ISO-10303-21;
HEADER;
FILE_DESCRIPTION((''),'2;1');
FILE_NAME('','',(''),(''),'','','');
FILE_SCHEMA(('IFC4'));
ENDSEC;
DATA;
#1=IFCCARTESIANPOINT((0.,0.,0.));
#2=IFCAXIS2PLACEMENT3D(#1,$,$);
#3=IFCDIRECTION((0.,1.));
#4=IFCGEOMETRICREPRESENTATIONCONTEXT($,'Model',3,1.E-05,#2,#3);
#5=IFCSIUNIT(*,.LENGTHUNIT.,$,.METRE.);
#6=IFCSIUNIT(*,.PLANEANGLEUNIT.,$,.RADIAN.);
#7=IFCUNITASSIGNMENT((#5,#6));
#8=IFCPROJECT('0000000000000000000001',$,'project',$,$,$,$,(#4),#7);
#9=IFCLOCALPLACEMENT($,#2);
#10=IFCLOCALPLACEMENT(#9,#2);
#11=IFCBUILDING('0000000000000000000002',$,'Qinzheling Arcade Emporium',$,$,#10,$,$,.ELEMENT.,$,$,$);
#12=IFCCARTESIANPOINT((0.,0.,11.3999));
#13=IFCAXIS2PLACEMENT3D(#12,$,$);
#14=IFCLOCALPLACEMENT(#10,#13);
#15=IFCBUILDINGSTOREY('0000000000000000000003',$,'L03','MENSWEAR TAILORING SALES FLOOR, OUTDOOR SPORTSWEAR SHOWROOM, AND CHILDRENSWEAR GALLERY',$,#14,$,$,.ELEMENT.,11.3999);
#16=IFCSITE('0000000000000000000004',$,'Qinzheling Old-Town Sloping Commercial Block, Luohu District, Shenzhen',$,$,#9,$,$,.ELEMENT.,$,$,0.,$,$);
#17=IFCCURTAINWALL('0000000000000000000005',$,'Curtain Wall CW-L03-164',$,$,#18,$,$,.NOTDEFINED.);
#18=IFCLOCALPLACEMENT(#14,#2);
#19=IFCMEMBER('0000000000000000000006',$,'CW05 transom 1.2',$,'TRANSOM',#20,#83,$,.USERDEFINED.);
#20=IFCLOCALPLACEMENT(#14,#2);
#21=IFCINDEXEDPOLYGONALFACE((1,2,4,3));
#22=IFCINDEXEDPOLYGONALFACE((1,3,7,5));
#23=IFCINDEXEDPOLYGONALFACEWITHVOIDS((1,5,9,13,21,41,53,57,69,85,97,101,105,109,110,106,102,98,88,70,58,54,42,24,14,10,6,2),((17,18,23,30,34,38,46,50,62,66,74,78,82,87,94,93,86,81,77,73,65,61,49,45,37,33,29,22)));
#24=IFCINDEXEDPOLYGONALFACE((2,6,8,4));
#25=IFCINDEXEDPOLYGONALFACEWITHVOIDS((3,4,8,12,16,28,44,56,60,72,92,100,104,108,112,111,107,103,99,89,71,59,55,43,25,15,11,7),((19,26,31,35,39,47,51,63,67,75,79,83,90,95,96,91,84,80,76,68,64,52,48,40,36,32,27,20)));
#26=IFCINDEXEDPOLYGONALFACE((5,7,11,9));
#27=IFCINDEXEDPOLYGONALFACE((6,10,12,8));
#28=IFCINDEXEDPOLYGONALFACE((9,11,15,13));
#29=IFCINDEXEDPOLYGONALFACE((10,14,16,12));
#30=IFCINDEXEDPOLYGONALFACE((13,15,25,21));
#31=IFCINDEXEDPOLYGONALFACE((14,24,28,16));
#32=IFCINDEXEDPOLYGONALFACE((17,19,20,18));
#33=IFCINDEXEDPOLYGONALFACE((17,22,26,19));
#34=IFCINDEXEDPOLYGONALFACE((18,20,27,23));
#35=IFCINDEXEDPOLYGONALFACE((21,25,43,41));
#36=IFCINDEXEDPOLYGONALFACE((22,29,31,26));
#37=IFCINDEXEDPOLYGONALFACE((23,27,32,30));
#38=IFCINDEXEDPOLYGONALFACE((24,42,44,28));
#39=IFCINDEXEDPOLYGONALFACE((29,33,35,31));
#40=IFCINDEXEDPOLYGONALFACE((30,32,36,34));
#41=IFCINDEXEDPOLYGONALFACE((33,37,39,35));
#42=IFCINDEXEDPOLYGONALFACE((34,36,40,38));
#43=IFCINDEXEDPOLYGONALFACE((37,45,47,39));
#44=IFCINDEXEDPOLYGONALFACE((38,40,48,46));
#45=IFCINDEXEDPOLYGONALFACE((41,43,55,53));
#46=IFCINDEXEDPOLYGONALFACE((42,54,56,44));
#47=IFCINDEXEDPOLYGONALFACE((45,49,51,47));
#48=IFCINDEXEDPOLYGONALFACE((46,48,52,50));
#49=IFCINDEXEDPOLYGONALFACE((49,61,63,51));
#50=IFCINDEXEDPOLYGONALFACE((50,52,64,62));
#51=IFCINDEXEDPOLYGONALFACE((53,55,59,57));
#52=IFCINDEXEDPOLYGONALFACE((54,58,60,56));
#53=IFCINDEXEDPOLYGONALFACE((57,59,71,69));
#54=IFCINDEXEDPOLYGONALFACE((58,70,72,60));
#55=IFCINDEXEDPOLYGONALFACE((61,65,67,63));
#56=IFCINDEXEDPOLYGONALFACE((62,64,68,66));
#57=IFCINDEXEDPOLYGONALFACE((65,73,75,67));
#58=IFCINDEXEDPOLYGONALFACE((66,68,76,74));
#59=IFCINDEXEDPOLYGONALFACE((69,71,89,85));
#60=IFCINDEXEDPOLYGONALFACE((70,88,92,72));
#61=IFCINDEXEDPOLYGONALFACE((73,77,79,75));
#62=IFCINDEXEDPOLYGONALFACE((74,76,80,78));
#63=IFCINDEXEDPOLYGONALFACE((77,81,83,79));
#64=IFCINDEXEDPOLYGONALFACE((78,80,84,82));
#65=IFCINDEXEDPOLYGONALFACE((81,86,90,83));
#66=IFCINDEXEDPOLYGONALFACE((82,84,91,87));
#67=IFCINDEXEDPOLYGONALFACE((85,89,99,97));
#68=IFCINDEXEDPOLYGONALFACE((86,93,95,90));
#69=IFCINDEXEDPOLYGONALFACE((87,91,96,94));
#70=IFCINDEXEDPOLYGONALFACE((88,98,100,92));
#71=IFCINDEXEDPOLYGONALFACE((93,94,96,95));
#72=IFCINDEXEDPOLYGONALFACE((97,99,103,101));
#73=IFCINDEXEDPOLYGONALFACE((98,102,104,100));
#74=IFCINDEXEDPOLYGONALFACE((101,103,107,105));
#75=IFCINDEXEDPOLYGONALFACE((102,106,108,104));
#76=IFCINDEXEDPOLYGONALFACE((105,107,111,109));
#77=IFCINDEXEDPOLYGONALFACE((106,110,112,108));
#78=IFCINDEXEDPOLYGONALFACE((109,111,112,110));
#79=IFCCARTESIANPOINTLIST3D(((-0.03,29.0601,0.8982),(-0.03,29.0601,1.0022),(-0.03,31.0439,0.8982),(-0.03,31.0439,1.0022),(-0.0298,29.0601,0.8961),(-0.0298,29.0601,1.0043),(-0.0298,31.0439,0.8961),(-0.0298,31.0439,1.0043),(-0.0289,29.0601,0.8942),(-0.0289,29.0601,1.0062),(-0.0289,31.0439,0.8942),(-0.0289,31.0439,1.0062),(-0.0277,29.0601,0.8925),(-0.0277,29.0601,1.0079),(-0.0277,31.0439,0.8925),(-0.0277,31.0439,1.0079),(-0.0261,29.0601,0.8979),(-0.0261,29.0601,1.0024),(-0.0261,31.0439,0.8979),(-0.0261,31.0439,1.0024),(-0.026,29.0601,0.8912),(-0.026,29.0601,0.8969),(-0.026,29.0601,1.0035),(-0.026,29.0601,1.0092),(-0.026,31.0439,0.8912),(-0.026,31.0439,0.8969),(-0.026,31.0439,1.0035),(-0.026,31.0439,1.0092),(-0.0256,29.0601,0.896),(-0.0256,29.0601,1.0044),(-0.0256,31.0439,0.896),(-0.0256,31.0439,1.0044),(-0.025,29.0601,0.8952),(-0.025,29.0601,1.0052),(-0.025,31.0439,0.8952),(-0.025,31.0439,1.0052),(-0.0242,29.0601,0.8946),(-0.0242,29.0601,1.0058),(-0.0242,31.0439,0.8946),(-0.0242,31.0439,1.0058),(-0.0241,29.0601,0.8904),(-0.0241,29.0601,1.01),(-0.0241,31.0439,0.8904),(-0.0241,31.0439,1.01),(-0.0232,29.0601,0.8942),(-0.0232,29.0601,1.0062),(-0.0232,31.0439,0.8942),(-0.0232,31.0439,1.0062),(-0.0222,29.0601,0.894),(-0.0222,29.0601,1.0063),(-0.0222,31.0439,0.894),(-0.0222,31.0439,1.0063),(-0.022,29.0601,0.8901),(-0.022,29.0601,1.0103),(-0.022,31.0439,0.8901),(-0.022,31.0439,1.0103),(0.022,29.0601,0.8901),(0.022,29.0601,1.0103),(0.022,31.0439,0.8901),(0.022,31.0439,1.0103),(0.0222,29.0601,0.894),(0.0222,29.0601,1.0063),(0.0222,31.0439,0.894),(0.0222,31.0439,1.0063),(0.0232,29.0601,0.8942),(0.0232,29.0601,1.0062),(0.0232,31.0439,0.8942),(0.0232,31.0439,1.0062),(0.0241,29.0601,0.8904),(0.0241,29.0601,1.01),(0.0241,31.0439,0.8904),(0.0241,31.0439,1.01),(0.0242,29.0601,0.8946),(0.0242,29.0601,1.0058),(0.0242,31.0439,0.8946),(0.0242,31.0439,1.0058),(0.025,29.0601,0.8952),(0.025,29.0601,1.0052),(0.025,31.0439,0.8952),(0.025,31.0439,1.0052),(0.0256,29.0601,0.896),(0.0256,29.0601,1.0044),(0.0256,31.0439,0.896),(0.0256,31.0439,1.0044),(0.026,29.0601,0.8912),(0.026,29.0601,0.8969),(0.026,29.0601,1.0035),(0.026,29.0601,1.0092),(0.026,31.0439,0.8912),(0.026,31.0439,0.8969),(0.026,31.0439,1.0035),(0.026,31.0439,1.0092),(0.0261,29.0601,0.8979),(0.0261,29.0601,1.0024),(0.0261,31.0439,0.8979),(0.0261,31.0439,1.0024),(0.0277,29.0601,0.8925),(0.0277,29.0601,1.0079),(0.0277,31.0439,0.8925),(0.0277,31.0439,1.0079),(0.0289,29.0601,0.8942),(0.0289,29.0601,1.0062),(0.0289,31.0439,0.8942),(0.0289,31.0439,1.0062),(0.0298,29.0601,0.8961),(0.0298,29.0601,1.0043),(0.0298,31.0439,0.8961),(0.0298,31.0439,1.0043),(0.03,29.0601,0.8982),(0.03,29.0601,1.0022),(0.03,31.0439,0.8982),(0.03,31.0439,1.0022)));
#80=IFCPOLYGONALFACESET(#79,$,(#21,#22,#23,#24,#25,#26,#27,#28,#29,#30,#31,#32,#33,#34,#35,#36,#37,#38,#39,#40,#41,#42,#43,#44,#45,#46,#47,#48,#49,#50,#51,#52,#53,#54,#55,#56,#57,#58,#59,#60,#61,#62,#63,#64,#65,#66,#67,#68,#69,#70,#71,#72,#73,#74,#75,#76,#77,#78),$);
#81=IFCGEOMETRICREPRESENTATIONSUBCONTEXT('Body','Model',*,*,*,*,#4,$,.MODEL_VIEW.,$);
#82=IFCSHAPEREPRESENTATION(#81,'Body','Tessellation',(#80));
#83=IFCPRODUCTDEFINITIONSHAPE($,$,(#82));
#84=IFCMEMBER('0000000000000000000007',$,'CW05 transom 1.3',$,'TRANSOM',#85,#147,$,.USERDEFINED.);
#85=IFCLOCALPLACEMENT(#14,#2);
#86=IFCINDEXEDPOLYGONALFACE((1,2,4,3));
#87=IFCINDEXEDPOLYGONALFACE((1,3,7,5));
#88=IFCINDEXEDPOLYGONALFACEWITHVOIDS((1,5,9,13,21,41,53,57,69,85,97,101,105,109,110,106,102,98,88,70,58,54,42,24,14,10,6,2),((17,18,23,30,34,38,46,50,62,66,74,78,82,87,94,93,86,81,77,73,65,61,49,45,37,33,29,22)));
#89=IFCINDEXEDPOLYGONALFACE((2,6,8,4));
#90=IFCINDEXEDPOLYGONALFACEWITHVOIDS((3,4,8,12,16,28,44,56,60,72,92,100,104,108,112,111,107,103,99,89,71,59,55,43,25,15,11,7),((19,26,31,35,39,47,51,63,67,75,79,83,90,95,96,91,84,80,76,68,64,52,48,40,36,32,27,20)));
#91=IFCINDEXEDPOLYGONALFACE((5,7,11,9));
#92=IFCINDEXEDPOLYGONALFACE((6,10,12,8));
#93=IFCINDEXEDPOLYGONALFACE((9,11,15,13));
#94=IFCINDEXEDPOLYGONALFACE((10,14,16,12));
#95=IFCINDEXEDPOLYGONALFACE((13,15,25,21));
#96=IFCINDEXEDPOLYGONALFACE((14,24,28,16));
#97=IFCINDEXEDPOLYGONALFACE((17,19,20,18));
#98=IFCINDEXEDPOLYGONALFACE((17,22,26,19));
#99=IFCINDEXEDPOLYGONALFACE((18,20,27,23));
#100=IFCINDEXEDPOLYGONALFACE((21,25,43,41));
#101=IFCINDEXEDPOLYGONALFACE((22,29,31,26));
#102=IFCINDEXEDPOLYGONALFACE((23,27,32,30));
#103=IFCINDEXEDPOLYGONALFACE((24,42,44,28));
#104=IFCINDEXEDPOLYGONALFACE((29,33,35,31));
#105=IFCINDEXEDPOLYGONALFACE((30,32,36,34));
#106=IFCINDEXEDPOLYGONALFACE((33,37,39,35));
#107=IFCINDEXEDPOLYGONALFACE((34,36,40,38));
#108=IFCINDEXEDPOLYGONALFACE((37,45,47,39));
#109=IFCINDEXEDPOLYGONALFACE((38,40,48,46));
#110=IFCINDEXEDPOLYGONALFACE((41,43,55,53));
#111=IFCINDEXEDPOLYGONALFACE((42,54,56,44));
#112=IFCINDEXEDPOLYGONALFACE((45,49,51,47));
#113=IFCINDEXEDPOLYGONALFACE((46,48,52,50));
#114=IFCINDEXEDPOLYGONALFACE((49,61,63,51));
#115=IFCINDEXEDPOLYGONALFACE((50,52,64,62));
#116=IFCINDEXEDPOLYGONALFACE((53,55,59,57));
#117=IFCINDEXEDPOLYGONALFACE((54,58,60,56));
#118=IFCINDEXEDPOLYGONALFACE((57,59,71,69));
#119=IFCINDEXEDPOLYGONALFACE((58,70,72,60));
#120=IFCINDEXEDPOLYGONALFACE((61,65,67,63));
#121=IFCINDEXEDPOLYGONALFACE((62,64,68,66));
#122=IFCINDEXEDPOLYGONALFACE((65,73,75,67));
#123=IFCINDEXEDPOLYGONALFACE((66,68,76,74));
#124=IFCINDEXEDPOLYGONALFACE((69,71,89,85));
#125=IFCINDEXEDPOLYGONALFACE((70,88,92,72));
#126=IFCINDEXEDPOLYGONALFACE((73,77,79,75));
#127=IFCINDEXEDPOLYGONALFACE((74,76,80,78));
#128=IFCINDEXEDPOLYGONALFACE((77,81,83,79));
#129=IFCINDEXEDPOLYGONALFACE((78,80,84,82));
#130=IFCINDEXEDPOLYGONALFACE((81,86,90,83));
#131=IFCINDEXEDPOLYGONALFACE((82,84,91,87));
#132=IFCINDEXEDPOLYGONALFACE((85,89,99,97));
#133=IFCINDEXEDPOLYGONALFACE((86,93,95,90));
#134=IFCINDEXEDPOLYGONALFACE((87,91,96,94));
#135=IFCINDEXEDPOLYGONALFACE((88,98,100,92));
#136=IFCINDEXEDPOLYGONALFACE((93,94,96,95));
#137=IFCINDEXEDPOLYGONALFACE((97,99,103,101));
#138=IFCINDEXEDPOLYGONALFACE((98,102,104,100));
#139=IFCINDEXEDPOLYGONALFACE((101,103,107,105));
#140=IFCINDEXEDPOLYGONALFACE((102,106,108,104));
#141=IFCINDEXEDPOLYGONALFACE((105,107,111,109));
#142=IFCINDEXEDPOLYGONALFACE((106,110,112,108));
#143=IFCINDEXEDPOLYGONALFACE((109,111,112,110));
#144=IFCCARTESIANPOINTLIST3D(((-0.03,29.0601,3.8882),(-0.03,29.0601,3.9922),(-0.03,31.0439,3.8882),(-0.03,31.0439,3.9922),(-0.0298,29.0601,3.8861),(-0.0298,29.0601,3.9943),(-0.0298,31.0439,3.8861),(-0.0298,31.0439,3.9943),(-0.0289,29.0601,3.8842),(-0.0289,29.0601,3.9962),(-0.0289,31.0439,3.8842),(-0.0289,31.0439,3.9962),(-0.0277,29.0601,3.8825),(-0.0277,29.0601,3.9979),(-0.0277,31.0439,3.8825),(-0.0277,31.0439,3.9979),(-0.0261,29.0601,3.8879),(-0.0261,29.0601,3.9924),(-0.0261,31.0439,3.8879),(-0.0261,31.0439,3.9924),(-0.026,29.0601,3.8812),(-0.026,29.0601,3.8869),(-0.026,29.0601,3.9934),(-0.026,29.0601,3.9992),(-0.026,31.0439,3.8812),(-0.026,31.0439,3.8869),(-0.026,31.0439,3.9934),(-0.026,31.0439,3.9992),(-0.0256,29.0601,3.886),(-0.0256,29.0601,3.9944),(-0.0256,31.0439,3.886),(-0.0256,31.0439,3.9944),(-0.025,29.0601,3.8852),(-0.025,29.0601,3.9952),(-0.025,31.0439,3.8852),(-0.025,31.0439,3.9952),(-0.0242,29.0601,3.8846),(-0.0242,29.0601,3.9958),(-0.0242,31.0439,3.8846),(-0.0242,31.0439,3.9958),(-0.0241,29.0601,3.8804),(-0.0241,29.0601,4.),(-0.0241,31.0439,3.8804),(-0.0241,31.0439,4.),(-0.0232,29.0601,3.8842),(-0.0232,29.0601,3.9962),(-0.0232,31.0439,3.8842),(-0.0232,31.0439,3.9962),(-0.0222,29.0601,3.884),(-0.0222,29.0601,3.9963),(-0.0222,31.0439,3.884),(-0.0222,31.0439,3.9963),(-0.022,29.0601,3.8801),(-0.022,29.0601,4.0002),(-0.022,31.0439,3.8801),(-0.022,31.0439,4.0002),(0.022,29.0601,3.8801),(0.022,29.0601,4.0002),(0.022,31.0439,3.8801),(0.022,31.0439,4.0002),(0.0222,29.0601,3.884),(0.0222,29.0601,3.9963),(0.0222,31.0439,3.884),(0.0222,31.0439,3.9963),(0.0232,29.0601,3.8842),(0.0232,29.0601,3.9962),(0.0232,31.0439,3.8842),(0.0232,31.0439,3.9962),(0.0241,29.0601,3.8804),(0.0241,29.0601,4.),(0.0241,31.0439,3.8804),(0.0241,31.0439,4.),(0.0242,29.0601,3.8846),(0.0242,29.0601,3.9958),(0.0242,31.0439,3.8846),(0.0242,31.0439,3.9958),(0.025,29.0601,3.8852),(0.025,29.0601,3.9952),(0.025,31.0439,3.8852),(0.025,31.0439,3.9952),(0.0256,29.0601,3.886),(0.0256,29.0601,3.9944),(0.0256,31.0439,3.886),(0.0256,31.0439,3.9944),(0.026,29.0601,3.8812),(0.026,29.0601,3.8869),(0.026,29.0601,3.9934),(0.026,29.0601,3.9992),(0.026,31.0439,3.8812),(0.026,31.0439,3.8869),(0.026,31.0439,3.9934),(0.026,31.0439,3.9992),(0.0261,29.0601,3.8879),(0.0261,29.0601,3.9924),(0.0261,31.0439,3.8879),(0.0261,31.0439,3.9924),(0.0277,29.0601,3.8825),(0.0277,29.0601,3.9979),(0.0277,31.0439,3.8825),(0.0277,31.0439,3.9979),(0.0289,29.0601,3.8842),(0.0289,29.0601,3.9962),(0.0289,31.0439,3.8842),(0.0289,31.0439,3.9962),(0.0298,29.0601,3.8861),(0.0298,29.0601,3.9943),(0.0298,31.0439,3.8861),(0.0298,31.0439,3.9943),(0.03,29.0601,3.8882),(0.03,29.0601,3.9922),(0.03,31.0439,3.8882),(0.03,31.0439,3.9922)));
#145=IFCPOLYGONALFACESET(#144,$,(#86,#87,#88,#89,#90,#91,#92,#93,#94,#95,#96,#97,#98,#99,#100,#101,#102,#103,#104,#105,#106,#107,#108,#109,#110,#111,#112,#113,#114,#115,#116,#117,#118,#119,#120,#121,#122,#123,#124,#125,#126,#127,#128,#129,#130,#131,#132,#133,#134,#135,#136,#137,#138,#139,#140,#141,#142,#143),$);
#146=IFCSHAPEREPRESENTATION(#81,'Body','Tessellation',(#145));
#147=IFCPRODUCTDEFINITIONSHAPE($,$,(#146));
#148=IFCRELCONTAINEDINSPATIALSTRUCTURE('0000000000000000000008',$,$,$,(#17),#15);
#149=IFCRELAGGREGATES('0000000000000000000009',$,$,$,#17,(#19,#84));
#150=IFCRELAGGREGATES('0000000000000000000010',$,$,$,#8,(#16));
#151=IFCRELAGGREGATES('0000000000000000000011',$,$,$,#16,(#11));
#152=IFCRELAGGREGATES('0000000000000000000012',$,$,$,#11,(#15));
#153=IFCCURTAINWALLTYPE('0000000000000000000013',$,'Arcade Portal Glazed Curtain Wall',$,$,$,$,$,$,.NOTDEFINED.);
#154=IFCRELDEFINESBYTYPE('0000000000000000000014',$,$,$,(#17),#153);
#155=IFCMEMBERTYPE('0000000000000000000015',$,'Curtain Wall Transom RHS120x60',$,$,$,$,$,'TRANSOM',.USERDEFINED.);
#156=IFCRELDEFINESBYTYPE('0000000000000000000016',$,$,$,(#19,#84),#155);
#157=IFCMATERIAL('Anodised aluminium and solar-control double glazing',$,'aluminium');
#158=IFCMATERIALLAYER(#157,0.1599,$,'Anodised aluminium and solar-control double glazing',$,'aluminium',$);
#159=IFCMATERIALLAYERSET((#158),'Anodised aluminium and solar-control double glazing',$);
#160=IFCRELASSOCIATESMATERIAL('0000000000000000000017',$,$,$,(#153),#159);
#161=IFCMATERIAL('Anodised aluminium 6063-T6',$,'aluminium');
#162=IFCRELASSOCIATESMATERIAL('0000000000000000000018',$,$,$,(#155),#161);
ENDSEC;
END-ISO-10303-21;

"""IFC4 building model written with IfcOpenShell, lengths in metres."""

from ifc_helpers import new_model, si_unit, direction, frame, origin, origin_2d, place, context, subcontext, project, spatial, hollow_rectangle, extrude, material, layer, layer_set, material_profile, profile_set, type_object, element, aggregate, save


model = new_model("IFC4")

# Units and contexts
model_context = context("Model", 3, precision=1e-05, world=origin(), true_north=direction((0.0, 1.0)))
body_context = subcontext(model_context, "Body", "Model", "MODEL_VIEW")
ifc_project = project(units=[si_unit("LENGTHUNIT", "METRE"), si_unit("PLANEANGLEUNIT", "RADIAN")], contexts=[model_context])

# Site, building, storey
site_placement = place(None, origin())
site = spatial("IfcSite", under=ifc_project, at=site_placement, Name="Qinzheling Old-Town Sloping Commercial Block, Luohu District, Shenzhen", CompositionType="ELEMENT", RefElevation=0.0)
building_placement = place(site_placement, origin())
building = spatial("IfcBuilding", under=site, at=building_placement, Name="Qinzheling Arcade Emporium", CompositionType="ELEMENT")
storey_placement = place(building_placement, frame((0.0, 0.0, 11.3999)))
storey = spatial("IfcBuildingStorey", under=building, at=storey_placement, Name="L03", Description="MENSWEAR TAILORING SALES FLOOR, OUTDOOR SPORTSWEAR SHOWROOM, AND CHILDRENSWEAR GALLERY", CompositionType="ELEMENT", Elevation=11.3999)

# Shared definitions
ifc_material_1 = material(Name="Anodised aluminium and solar-control double glazing", Category="aluminium")
ifc_layer_1 = layer(ifc_material_1, 0.1599, Name="Anodised aluminium and solar-control double glazing", Category="aluminium")
ifc_layer_set_1 = layer_set([ifc_layer_1], Name="Anodised aluminium and solar-control double glazing")
curtain_wall_type = type_object("IfcCurtainWallType", Name="Arcade Portal Glazed Curtain Wall", PredefinedType="NOTDEFINED", material=ifc_layer_set_1)
ifc_material_2 = material(Name="Anodised aluminium 6063-T6", Category="aluminium")

# Curtain wall, members
curtain_wall_1_placement = place(storey_placement, origin())
curtain_wall_1 = element("IfcCurtainWall", 1, at=curtain_wall_1_placement, inside=storey, type_object=curtain_wall_type, Name="Curtain Wall CW-L03-164", PredefinedType="NOTDEFINED")
ifc_material_profile_1 = material_profile(ifc_material_2, hollow_rectangle(XDim=0.0601, YDim=0.1201, WallThickness=0.0039, InnerFilletRadius=0.0039, OuterFilletRadius=0.0081, at=origin_2d()), Name="RHS 120x60x4", Category="aluminium")
ifc_profile_set_1 = profile_set([ifc_material_profile_1], Name="Anodised aluminium 6063-T6")
member_type_1 = type_object("IfcMemberType", Name="Curtain Wall Transom RHS120x60", ElementType="TRANSOM", PredefinedType="USERDEFINED", material=ifc_profile_set_1)
member_1_placement = place(storey_placement, frame((0.0, 29.0601, 0.9502), z_axis=(0.0, 1.0, 0.0), x_axis=(-1.0, 0.0, 0.0)))
member_1 = element("IfcMember", 2, at=member_1_placement, type_object=member_type_1, Name="CW05 transom 1.2", ObjectType="TRANSOM", PredefinedType="USERDEFINED", context=body_context, shape_type="SweptSolid", body=[
    extrude(hollow_rectangle(XDim=0.0601, YDim=0.1201, WallThickness=0.0039, InnerFilletRadius=0.0039, OuterFilletRadius=0.0081, at=origin_2d()), origin(), (0.0, 0.0, 1.0), 1.9839),
])
member_2_placement = place(storey_placement, frame((0.0, 29.0601, 3.9402), z_axis=(0.0, 1.0, 0.0), x_axis=(-1.0, 0.0, 0.0)))
member_2 = element("IfcMember", 3, at=member_2_placement, type_object=member_type_1, Name="CW05 transom 1.3", ObjectType="TRANSOM", PredefinedType="USERDEFINED", context=body_context, shape_type="SweptSolid", body=[
    extrude(hollow_rectangle(XDim=0.0601, YDim=0.1201, WallThickness=0.0039, InnerFilletRadius=0.0039, OuterFilletRadius=0.0081, at=origin_2d()), origin(), (0.0, 0.0, 1.0), 1.9839),
])

aggregate(curtain_wall_1, [member_1, member_2])

save(model, "model.ifc")
